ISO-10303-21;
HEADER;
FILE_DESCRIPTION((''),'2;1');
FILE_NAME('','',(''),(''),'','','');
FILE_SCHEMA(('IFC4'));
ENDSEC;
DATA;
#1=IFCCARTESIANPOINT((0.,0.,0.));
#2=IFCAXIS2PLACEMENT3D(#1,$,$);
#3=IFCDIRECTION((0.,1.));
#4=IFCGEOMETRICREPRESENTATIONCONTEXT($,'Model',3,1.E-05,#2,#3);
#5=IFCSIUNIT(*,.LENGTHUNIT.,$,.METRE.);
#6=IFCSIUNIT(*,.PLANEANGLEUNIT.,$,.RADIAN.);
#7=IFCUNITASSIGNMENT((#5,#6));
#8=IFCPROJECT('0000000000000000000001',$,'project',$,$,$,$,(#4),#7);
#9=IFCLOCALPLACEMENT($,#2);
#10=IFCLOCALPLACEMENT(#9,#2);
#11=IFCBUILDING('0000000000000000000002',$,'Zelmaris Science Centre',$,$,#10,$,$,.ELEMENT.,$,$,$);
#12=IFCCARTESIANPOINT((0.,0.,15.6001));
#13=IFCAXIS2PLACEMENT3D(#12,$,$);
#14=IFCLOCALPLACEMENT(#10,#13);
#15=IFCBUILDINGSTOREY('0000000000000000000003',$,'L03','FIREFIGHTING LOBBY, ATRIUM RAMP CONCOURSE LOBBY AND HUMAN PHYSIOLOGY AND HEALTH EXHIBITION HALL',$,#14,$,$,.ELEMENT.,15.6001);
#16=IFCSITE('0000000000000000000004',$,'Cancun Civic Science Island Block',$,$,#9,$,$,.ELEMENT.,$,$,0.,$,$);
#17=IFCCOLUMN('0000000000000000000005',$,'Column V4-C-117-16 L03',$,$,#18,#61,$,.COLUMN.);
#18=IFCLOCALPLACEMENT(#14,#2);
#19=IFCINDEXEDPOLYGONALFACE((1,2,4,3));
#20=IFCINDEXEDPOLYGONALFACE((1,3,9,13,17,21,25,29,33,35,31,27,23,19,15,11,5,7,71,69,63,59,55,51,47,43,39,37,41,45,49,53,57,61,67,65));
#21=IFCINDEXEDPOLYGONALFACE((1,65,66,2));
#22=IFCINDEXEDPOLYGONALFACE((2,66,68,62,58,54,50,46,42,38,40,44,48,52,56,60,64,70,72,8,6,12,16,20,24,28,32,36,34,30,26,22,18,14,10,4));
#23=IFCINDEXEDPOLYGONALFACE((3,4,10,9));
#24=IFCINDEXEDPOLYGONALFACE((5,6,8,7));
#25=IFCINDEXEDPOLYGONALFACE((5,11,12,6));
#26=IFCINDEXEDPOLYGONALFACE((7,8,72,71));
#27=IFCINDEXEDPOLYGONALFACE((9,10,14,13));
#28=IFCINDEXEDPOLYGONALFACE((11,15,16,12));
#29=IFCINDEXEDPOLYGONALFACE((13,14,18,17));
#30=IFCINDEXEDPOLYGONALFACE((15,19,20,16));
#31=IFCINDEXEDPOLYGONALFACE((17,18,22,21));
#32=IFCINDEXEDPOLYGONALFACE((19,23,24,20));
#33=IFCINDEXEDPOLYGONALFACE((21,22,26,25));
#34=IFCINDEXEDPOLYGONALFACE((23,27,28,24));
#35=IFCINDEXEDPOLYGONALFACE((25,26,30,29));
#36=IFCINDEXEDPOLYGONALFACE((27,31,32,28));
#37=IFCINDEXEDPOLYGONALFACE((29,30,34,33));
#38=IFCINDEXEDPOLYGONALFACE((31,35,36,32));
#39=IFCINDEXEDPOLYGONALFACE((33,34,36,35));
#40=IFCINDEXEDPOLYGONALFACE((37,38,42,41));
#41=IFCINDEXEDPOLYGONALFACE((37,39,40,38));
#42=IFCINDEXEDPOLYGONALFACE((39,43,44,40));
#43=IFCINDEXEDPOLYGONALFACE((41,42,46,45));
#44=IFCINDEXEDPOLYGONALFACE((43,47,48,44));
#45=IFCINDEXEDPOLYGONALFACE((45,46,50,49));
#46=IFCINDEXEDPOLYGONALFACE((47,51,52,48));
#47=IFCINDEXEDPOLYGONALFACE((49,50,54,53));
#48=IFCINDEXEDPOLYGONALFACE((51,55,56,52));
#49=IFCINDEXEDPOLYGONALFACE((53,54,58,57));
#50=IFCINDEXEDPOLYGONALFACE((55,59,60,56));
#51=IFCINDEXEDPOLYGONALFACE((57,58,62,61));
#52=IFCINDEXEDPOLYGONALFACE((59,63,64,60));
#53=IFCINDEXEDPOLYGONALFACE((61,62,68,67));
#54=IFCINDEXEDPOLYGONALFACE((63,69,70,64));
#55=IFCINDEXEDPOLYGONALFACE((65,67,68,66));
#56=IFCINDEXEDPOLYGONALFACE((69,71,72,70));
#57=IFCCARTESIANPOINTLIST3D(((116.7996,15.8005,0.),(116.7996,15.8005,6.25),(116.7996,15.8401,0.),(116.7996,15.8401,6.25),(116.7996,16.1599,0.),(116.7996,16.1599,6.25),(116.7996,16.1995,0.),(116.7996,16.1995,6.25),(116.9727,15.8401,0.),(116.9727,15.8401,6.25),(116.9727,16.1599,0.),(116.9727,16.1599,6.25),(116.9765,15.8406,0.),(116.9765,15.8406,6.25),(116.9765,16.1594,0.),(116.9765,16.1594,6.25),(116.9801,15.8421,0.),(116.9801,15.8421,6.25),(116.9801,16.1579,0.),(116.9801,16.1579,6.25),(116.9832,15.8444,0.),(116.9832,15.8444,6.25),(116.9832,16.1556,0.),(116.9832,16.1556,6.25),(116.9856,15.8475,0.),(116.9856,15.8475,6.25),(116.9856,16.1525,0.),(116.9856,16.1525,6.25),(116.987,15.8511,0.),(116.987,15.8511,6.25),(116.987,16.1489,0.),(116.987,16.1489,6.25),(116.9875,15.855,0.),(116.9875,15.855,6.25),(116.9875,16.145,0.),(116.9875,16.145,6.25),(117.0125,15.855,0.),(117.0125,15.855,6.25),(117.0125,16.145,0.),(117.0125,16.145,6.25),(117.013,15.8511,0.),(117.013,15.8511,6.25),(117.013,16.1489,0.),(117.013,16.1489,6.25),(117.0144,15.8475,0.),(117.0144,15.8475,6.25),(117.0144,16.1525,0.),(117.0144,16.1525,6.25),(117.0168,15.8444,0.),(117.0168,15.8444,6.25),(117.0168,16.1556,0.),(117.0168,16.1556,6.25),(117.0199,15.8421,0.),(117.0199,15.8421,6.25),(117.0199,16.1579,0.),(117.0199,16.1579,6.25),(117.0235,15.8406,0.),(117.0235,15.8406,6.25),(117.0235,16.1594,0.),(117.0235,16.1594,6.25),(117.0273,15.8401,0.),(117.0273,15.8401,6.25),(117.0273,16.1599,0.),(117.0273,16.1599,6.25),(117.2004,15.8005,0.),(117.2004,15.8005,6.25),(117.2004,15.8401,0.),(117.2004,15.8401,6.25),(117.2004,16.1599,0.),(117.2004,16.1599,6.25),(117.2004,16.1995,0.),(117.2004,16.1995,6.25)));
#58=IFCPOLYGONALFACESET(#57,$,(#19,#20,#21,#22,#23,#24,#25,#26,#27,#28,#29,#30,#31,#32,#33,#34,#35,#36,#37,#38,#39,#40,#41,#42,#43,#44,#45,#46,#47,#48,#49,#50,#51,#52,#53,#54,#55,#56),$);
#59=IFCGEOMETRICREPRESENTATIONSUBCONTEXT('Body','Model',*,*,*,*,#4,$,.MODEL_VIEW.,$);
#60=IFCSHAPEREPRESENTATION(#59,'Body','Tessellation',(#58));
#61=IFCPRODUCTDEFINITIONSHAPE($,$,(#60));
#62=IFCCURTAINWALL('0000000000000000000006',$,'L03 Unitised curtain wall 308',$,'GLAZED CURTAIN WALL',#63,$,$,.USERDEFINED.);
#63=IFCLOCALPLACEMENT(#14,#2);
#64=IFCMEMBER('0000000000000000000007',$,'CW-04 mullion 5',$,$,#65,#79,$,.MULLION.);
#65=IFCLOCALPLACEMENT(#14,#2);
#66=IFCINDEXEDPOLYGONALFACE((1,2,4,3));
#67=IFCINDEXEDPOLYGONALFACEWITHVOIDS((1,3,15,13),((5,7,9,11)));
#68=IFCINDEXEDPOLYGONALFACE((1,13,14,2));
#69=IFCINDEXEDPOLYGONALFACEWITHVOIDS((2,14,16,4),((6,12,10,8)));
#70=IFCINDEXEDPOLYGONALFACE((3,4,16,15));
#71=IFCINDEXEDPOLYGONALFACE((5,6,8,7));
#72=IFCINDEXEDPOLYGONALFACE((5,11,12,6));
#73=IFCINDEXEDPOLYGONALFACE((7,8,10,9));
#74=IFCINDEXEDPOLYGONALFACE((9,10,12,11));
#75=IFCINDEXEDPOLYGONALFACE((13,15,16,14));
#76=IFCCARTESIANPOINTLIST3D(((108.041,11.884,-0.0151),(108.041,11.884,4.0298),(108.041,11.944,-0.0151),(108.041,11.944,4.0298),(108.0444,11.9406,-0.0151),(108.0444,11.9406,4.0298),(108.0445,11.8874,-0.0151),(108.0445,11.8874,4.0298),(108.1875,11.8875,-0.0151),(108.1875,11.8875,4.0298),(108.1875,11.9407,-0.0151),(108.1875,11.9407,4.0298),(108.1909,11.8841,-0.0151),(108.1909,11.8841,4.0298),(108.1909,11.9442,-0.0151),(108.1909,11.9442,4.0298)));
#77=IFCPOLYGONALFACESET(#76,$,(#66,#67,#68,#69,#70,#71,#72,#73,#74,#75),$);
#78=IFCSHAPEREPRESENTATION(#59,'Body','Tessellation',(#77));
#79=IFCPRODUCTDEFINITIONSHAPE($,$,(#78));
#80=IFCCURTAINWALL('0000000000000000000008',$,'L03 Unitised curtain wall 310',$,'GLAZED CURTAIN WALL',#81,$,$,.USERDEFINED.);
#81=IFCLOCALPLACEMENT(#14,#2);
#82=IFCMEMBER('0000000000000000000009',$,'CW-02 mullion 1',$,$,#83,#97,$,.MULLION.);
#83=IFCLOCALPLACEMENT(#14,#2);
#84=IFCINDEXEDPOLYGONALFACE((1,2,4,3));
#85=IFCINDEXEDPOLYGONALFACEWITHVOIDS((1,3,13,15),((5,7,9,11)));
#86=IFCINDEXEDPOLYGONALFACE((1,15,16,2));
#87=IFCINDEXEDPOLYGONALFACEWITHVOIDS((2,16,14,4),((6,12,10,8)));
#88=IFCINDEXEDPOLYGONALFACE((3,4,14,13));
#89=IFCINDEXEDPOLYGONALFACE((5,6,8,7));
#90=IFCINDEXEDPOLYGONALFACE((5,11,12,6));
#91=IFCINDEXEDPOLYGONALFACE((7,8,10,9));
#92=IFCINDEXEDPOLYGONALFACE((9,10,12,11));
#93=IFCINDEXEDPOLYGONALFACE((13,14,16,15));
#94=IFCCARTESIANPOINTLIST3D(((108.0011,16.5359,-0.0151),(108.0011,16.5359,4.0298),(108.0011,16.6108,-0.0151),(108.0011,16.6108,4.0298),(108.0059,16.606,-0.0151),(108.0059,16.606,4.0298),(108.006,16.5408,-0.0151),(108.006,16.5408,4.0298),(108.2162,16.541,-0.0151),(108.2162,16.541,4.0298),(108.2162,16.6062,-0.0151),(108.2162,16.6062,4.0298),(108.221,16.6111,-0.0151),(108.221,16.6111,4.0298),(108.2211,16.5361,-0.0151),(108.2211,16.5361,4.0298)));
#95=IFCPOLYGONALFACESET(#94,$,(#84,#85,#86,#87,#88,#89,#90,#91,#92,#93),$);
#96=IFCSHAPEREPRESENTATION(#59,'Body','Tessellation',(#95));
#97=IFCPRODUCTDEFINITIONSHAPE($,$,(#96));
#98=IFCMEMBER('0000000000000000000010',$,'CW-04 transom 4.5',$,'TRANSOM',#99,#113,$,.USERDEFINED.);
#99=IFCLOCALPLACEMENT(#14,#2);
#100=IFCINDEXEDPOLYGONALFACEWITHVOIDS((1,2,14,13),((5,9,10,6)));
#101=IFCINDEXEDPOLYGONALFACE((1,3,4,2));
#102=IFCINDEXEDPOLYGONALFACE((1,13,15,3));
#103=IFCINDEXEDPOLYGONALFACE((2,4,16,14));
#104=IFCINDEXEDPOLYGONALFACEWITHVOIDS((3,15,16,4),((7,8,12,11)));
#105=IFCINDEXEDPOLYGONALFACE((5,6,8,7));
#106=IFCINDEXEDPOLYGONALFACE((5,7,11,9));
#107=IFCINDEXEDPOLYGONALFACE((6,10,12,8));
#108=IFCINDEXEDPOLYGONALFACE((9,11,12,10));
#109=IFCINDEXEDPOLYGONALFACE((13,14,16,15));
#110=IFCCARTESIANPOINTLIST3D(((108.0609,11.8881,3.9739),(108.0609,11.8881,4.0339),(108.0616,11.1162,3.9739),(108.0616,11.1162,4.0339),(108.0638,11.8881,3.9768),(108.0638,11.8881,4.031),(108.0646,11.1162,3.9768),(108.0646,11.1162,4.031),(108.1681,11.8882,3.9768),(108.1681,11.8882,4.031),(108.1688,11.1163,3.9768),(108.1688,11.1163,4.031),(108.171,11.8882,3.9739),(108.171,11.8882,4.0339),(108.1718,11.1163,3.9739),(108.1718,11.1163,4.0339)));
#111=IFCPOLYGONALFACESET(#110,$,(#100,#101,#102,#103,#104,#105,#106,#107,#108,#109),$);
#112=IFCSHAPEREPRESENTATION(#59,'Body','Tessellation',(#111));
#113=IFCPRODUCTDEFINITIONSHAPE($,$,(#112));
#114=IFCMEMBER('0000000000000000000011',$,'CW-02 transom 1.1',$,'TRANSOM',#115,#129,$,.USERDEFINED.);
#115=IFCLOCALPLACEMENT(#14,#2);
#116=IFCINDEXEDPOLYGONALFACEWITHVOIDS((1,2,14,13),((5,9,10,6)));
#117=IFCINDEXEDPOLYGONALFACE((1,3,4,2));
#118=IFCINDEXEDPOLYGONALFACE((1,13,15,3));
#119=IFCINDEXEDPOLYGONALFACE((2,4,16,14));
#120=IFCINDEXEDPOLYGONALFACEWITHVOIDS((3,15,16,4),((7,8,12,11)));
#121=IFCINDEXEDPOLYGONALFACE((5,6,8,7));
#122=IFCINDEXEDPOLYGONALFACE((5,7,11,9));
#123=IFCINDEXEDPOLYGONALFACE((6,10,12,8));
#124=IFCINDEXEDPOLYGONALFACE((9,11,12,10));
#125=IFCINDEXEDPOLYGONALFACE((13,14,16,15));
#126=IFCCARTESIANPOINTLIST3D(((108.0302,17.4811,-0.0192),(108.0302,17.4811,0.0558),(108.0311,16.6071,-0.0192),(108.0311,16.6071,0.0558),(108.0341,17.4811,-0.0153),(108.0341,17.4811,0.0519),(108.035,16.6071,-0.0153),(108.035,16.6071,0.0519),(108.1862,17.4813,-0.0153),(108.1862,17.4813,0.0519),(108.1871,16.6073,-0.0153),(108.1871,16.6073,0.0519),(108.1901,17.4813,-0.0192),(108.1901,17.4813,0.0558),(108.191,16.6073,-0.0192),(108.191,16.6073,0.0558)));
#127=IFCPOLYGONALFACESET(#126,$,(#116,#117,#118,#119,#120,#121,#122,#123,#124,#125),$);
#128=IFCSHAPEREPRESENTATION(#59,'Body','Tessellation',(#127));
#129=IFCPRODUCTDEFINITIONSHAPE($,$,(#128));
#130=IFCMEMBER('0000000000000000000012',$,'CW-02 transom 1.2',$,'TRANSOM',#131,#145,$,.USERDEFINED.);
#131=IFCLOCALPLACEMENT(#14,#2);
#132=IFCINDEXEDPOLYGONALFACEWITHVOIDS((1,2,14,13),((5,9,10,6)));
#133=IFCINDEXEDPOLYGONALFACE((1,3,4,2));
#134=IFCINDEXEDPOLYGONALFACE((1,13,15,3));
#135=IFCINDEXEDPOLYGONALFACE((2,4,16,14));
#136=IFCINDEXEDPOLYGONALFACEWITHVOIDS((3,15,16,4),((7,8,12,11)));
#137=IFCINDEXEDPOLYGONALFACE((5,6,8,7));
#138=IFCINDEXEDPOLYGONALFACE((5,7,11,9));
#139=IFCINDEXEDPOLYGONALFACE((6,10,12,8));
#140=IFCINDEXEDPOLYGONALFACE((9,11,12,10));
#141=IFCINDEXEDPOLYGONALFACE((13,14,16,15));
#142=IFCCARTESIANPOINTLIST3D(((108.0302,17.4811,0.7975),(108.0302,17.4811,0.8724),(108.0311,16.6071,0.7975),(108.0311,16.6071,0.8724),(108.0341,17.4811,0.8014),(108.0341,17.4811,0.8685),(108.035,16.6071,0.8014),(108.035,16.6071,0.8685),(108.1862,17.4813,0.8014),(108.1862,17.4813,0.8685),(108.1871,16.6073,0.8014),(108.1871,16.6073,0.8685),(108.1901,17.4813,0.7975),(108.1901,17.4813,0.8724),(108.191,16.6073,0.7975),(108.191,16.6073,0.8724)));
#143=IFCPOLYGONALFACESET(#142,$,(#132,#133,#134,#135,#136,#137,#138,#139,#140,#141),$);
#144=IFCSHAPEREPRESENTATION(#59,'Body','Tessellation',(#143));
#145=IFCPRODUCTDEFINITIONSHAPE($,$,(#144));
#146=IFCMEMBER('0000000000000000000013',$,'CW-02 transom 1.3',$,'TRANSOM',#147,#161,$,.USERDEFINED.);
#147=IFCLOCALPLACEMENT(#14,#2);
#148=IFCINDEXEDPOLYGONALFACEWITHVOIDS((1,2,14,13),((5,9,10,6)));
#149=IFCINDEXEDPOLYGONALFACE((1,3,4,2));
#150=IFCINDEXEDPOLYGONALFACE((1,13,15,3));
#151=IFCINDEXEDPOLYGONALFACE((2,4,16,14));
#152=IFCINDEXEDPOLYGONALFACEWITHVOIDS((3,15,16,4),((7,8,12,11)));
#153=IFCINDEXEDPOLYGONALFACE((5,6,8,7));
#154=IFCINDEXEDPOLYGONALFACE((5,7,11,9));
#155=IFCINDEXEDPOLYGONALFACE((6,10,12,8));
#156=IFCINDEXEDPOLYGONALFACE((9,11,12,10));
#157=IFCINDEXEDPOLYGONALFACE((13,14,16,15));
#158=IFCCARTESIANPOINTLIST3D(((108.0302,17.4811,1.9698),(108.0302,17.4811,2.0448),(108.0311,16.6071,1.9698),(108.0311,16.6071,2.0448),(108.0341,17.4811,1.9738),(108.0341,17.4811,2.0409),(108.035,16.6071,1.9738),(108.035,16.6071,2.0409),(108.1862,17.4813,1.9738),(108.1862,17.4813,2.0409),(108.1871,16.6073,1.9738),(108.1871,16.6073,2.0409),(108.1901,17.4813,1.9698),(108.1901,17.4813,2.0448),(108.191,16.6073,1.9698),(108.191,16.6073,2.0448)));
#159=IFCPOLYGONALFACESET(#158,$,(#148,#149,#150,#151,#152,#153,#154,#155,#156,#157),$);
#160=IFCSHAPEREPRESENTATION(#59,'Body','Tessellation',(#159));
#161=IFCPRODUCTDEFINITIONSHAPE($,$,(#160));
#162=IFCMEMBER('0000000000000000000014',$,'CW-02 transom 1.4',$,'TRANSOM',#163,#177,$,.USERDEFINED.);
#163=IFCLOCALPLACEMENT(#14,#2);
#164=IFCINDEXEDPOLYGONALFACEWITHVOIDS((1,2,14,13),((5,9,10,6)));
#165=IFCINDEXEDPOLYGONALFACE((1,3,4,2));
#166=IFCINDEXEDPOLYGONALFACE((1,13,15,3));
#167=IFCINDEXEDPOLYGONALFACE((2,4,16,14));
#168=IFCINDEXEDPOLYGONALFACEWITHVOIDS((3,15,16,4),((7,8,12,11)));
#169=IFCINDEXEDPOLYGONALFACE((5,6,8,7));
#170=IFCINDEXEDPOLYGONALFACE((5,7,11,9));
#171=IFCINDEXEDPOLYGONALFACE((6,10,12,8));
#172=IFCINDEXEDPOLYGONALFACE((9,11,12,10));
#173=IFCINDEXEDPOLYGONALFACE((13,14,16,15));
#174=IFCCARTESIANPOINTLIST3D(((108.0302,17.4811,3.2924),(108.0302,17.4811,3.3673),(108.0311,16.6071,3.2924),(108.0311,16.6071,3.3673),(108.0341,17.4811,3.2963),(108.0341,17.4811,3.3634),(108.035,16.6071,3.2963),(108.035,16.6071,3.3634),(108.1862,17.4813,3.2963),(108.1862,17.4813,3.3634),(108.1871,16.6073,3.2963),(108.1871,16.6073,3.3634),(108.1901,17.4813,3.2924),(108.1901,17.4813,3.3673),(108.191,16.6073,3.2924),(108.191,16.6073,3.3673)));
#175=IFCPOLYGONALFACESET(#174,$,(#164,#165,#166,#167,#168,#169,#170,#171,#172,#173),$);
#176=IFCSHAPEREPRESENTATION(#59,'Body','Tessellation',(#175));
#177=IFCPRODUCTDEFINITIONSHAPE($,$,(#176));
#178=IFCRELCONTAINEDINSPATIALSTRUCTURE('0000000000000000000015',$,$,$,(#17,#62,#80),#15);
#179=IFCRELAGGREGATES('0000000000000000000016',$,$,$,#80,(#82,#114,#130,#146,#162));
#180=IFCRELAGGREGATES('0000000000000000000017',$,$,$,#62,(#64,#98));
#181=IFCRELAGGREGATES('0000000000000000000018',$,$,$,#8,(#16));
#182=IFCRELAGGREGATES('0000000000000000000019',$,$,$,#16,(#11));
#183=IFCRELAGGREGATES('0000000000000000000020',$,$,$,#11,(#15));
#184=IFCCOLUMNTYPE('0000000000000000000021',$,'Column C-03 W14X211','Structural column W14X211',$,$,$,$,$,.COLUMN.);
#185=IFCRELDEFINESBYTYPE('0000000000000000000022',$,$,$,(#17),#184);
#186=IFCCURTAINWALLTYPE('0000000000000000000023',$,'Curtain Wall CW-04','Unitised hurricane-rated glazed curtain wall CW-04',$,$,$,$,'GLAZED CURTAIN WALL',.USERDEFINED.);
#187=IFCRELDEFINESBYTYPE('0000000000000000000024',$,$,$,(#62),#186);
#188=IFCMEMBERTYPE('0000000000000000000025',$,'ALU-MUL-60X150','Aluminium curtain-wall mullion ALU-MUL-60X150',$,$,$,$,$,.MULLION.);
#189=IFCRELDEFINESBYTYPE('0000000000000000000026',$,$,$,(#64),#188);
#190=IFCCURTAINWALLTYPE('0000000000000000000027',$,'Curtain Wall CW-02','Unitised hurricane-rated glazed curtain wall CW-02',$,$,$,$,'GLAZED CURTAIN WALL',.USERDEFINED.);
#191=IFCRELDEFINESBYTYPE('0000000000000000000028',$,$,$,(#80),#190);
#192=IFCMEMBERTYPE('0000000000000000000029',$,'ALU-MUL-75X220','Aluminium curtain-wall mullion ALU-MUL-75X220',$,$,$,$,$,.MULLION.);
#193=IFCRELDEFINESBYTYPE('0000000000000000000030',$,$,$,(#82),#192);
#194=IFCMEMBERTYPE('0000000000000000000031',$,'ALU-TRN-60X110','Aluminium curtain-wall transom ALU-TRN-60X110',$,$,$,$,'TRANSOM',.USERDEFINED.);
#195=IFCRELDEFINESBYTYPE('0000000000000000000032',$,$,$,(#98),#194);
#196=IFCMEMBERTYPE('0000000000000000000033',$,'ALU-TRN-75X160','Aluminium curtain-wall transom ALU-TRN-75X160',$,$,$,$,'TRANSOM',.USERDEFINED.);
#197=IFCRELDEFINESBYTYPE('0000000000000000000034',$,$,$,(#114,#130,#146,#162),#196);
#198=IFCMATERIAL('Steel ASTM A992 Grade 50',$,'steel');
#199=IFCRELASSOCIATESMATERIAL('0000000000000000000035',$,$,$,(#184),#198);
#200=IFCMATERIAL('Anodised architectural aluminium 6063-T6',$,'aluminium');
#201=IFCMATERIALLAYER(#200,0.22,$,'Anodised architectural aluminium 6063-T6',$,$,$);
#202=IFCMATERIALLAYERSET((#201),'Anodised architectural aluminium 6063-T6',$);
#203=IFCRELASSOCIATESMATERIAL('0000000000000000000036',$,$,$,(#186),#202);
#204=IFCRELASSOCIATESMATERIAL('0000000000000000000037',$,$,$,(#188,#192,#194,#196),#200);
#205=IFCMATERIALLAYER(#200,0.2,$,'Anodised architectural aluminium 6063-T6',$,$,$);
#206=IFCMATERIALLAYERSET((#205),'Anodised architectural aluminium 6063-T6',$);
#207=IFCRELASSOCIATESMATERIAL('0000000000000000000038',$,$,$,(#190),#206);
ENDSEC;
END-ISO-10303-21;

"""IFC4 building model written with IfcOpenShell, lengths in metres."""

from ifc_helpers import new_model, si_unit, direction, frame, origin, origin_2d, place, context, subcontext, project, spatial, hollow_rectangle, i_section, extrude, material, layer, layer_set, material_profile, profile_set, type_object, element, aggregate, save


model = new_model("IFC4")

# Units and contexts
model_context = context("Model", 3, precision=1e-05, world=origin(), true_north=direction((0.0, 1.0)))
body_context = subcontext(model_context, "Body", "Model", "MODEL_VIEW")
ifc_project = project(units=[si_unit("LENGTHUNIT", "METRE"), si_unit("PLANEANGLEUNIT", "RADIAN")], contexts=[model_context])

# Site, building, storey
site_placement = place(None, origin())
site = spatial("IfcSite", under=ifc_project, at=site_placement, Name="Cancun Civic Science Island Block", CompositionType="ELEMENT", RefElevation=0.0)
building_placement = place(site_placement, origin())
building = spatial("IfcBuilding", under=site, at=building_placement, Name="Zelmaris Science Centre", CompositionType="ELEMENT")
storey_placement = place(building_placement, frame((0.0, 0.0, 15.6001)))
storey = spatial("IfcBuildingStorey", under=building, at=storey_placement, Name="L03", Description="FIREFIGHTING LOBBY, ATRIUM RAMP CONCOURSE LOBBY AND HUMAN PHYSIOLOGY AND HEALTH EXHIBITION HALL", CompositionType="ELEMENT", Elevation=15.6001)

# Column
ifc_material_1 = material(Name="Steel ASTM A992 Grade 50", Category="steel")
ifc_material_profile_1 = material_profile(ifc_material_1, i_section(OverallWidth=0.4009, OverallDepth=0.3989, WebThickness=0.0249, FlangeThickness=0.0396, FilletRadius=0.0149, at=origin_2d()), Name="W14X211")
ifc_profile_set_1 = profile_set([ifc_material_profile_1], Name="Steel ASTM A992 Grade 50")
column_type = type_object("IfcColumnType", Name="Column C-03 W14X211", Description="Structural column W14X211", PredefinedType="COLUMN", material=ifc_profile_set_1)
column_placement = place(storey_placement, frame((117.0, 16.0, 0.0), z_axis=(0.0, 0.0, 1.0), x_axis=(1.0, 0.0, 0.0)))
element("IfcColumn", 1, at=column_placement, inside=storey, type_object=column_type, Name="Column V4-C-117-16 L03", PredefinedType="COLUMN", context=body_context, shape_type="SweptSolid", body=[
    extrude(i_section(OverallWidth=0.4009, OverallDepth=0.3989, WebThickness=0.0249, FlangeThickness=0.0396, FilletRadius=0.0149, at=origin_2d()), origin(), (0.0, 0.0, 1.0), 6.25),
])

# Curtain walls, members
ifc_material_2 = material(Name="Anodised architectural aluminium 6063-T6", Category="aluminium")
ifc_layer_1 = layer(ifc_material_2, 0.22, Name="Anodised architectural aluminium 6063-T6")
ifc_layer_set_1 = layer_set([ifc_layer_1], Name="Anodised architectural aluminium 6063-T6")
curtain_wall_type_1 = type_object("IfcCurtainWallType", Name="Curtain Wall CW-04", Description="Unitised hurricane-rated glazed curtain wall CW-04", ElementType="GLAZED CURTAIN WALL", PredefinedType="USERDEFINED", material=ifc_layer_set_1)
curtain_wall_1_placement = place(storey_placement, origin())
curtain_wall_1 = element("IfcCurtainWall", 2, at=curtain_wall_1_placement, inside=storey, type_object=curtain_wall_type_1, Name="L03 Unitised curtain wall 308", ObjectType="GLAZED CURTAIN WALL", PredefinedType="USERDEFINED")
ifc_material_profile_2 = material_profile(ifc_material_2, hollow_rectangle(XDim=0.0601, YDim=0.1499, WallThickness=0.0034, at=origin_2d()), Name="ALU-MUL-60X150")
ifc_profile_set_2 = profile_set([ifc_material_profile_2], Name="Anodised architectural aluminium 6063-T6")
member_type_1 = type_object("IfcMemberType", Name="ALU-MUL-60X150", Description="Aluminium curtain-wall mullion ALU-MUL-60X150", PredefinedType="MULLION", material=ifc_profile_set_2)
member_1_placement = place(storey_placement, frame((108.116, 11.9141, -0.0151), z_axis=(0.0, 0.0, 1.0), x_axis=(-0.001054, 0.999999, 0.0)))
member_1 = element("IfcMember", 3, at=member_1_placement, type_object=member_type_1, Name="CW-04 mullion 5", PredefinedType="MULLION", context=body_context, shape_type="SweptSolid", body=[
    extrude(hollow_rectangle(XDim=0.0601, YDim=0.1499, WallThickness=0.0034, at=origin_2d()), origin(), (0.0, 0.0, 1.0), 4.0449),
])
ifc_layer_2 = layer(ifc_material_2, 0.2, Name="Anodised architectural aluminium 6063-T6")
ifc_layer_set_2 = layer_set([ifc_layer_2], Name="Anodised architectural aluminium 6063-T6")
curtain_wall_type_2 = type_object("IfcCurtainWallType", Name="Curtain Wall CW-02", Description="Unitised hurricane-rated glazed curtain wall CW-02", ElementType="GLAZED CURTAIN WALL", PredefinedType="USERDEFINED", material=ifc_layer_set_2)
curtain_wall_2_placement = place(storey_placement, origin())
curtain_wall_2 = element("IfcCurtainWall", 4, at=curtain_wall_2_placement, inside=storey, type_object=curtain_wall_type_2, Name="L03 Unitised curtain wall 310", ObjectType="GLAZED CURTAIN WALL", PredefinedType="USERDEFINED")
ifc_material_profile_3 = material_profile(ifc_material_2, hollow_rectangle(XDim=0.075, YDim=0.22, WallThickness=0.0049, at=origin_2d()), Name="ALU-MUL-75X220")
ifc_profile_set_3 = profile_set([ifc_material_profile_3], Name="Anodised architectural aluminium 6063-T6")
member_type_2 = type_object("IfcMemberType", Name="ALU-MUL-75X220", Description="Aluminium curtain-wall mullion ALU-MUL-75X220", PredefinedType="MULLION", material=ifc_profile_set_3)
member_2_placement = place(storey_placement, frame((108.1111, 16.5735, -0.0151), z_axis=(0.0, 0.0, 1.0), x_axis=(-0.001054, 0.999999, 0.0)))
member_2 = element("IfcMember", 5, at=member_2_placement, type_object=member_type_2, Name="CW-02 mullion 1", PredefinedType="MULLION", context=body_context, shape_type="SweptSolid", body=[
    extrude(hollow_rectangle(XDim=0.075, YDim=0.22, WallThickness=0.0049, at=origin_2d()), origin(), (0.0, 0.0, 1.0), 4.0449),
])

# Members
ifc_material_profile_4 = material_profile(ifc_material_2, hollow_rectangle(XDim=0.0601, YDim=0.1101, WallThickness=0.0029, at=origin_2d()), Name="ALU-TRN-60X110")
ifc_profile_set_4 = profile_set([ifc_material_profile_4], Name="Anodised architectural aluminium 6063-T6")
member_type_3 = type_object("IfcMemberType", Name="ALU-TRN-60X110", Description="Aluminium curtain-wall transom ALU-TRN-60X110", ElementType="TRANSOM", PredefinedType="USERDEFINED", material=ifc_profile_set_4)
member_3_placement = place(storey_placement, frame((108.1167, 11.1162, 4.0039), z_axis=(-0.000949, 1.0, 0.0), x_axis=(0.0, 0.0, 1.0)))
member_3 = element("IfcMember", 6, at=member_3_placement, type_object=member_type_3, Name="CW-04 transom 4.5", ObjectType="TRANSOM", PredefinedType="USERDEFINED", context=body_context, shape_type="SweptSolid", body=[
    extrude(hollow_rectangle(XDim=0.0601, YDim=0.1101, WallThickness=0.0029, at=origin_2d()), origin(), (0.0, 0.0, 1.0), 0.772),
])
ifc_material_profile_5 = material_profile(ifc_material_2, hollow_rectangle(XDim=0.075, YDim=0.1599, WallThickness=0.0039, at=origin_2d()), Name="ALU-TRN-75X160")
ifc_profile_set_5 = profile_set([ifc_material_profile_5], Name="Anodised architectural aluminium 6063-T6")
member_type_4 = type_object("IfcMemberType", Name="ALU-TRN-75X160", Description="Aluminium curtain-wall transom ALU-TRN-75X160", ElementType="TRANSOM", PredefinedType="USERDEFINED", material=ifc_profile_set_5)
member_4_placement = place(storey_placement, frame((108.1111, 16.6072, 0.0183), z_axis=(-0.001117, 0.999999, 0.0), x_axis=(0.0, 0.0, 1.0)))
member_4 = element("IfcMember", 7, at=member_4_placement, type_object=member_type_4, Name="CW-02 transom 1.1", ObjectType="TRANSOM", PredefinedType="USERDEFINED", context=body_context, shape_type="SweptSolid", body=[
    extrude(hollow_rectangle(XDim=0.075, YDim=0.1599, WallThickness=0.0039, at=origin_2d()), origin(), (0.0, 0.0, 1.0), 0.874),
])
member_5_placement = place(storey_placement, frame((108.1111, 16.6072, 0.835), z_axis=(-0.001117, 0.999999, 0.0), x_axis=(0.0, 0.0, 1.0)))
member_5 = element("IfcMember", 8, at=member_5_placement, type_object=member_type_4, Name="CW-02 transom 1.2", ObjectType="TRANSOM", PredefinedType="USERDEFINED", context=body_context, shape_type="SweptSolid", body=[
    extrude(hollow_rectangle(XDim=0.075, YDim=0.1599, WallThickness=0.0039, at=origin_2d()), origin(), (0.0, 0.0, 1.0), 0.874),
])
member_6_placement = place(storey_placement, frame((108.1111, 16.6072, 2.0073), z_axis=(-0.001117, 0.999999, 0.0), x_axis=(0.0, 0.0, 1.0)))
member_6 = element("IfcMember", 9, at=member_6_placement, type_object=member_type_4, Name="CW-02 transom 1.3", ObjectType="TRANSOM", PredefinedType="USERDEFINED", context=body_context, shape_type="SweptSolid", body=[
    extrude(hollow_rectangle(XDim=0.075, YDim=0.1599, WallThickness=0.0039, at=origin_2d()), origin(), (0.0, 0.0, 1.0), 0.874),
])
member_7_placement = place(storey_placement, frame((108.1111, 16.6072, 3.3298), z_axis=(-0.001117, 0.999999, 0.0), x_axis=(0.0, 0.0, 1.0)))
member_7 = element("IfcMember", 10, at=member_7_placement, type_object=member_type_4, Name="CW-02 transom 1.4", ObjectType="TRANSOM", PredefinedType="USERDEFINED", context=body_context, shape_type="SweptSolid", body=[
    extrude(hollow_rectangle(XDim=0.075, YDim=0.1599, WallThickness=0.0039, at=origin_2d()), origin(), (0.0, 0.0, 1.0), 0.874),
])

aggregate(curtain_wall_2, [member_2, member_4, member_5, member_6, member_7])
aggregate(curtain_wall_1, [member_1, member_3])

save(model, "model.ifc")
